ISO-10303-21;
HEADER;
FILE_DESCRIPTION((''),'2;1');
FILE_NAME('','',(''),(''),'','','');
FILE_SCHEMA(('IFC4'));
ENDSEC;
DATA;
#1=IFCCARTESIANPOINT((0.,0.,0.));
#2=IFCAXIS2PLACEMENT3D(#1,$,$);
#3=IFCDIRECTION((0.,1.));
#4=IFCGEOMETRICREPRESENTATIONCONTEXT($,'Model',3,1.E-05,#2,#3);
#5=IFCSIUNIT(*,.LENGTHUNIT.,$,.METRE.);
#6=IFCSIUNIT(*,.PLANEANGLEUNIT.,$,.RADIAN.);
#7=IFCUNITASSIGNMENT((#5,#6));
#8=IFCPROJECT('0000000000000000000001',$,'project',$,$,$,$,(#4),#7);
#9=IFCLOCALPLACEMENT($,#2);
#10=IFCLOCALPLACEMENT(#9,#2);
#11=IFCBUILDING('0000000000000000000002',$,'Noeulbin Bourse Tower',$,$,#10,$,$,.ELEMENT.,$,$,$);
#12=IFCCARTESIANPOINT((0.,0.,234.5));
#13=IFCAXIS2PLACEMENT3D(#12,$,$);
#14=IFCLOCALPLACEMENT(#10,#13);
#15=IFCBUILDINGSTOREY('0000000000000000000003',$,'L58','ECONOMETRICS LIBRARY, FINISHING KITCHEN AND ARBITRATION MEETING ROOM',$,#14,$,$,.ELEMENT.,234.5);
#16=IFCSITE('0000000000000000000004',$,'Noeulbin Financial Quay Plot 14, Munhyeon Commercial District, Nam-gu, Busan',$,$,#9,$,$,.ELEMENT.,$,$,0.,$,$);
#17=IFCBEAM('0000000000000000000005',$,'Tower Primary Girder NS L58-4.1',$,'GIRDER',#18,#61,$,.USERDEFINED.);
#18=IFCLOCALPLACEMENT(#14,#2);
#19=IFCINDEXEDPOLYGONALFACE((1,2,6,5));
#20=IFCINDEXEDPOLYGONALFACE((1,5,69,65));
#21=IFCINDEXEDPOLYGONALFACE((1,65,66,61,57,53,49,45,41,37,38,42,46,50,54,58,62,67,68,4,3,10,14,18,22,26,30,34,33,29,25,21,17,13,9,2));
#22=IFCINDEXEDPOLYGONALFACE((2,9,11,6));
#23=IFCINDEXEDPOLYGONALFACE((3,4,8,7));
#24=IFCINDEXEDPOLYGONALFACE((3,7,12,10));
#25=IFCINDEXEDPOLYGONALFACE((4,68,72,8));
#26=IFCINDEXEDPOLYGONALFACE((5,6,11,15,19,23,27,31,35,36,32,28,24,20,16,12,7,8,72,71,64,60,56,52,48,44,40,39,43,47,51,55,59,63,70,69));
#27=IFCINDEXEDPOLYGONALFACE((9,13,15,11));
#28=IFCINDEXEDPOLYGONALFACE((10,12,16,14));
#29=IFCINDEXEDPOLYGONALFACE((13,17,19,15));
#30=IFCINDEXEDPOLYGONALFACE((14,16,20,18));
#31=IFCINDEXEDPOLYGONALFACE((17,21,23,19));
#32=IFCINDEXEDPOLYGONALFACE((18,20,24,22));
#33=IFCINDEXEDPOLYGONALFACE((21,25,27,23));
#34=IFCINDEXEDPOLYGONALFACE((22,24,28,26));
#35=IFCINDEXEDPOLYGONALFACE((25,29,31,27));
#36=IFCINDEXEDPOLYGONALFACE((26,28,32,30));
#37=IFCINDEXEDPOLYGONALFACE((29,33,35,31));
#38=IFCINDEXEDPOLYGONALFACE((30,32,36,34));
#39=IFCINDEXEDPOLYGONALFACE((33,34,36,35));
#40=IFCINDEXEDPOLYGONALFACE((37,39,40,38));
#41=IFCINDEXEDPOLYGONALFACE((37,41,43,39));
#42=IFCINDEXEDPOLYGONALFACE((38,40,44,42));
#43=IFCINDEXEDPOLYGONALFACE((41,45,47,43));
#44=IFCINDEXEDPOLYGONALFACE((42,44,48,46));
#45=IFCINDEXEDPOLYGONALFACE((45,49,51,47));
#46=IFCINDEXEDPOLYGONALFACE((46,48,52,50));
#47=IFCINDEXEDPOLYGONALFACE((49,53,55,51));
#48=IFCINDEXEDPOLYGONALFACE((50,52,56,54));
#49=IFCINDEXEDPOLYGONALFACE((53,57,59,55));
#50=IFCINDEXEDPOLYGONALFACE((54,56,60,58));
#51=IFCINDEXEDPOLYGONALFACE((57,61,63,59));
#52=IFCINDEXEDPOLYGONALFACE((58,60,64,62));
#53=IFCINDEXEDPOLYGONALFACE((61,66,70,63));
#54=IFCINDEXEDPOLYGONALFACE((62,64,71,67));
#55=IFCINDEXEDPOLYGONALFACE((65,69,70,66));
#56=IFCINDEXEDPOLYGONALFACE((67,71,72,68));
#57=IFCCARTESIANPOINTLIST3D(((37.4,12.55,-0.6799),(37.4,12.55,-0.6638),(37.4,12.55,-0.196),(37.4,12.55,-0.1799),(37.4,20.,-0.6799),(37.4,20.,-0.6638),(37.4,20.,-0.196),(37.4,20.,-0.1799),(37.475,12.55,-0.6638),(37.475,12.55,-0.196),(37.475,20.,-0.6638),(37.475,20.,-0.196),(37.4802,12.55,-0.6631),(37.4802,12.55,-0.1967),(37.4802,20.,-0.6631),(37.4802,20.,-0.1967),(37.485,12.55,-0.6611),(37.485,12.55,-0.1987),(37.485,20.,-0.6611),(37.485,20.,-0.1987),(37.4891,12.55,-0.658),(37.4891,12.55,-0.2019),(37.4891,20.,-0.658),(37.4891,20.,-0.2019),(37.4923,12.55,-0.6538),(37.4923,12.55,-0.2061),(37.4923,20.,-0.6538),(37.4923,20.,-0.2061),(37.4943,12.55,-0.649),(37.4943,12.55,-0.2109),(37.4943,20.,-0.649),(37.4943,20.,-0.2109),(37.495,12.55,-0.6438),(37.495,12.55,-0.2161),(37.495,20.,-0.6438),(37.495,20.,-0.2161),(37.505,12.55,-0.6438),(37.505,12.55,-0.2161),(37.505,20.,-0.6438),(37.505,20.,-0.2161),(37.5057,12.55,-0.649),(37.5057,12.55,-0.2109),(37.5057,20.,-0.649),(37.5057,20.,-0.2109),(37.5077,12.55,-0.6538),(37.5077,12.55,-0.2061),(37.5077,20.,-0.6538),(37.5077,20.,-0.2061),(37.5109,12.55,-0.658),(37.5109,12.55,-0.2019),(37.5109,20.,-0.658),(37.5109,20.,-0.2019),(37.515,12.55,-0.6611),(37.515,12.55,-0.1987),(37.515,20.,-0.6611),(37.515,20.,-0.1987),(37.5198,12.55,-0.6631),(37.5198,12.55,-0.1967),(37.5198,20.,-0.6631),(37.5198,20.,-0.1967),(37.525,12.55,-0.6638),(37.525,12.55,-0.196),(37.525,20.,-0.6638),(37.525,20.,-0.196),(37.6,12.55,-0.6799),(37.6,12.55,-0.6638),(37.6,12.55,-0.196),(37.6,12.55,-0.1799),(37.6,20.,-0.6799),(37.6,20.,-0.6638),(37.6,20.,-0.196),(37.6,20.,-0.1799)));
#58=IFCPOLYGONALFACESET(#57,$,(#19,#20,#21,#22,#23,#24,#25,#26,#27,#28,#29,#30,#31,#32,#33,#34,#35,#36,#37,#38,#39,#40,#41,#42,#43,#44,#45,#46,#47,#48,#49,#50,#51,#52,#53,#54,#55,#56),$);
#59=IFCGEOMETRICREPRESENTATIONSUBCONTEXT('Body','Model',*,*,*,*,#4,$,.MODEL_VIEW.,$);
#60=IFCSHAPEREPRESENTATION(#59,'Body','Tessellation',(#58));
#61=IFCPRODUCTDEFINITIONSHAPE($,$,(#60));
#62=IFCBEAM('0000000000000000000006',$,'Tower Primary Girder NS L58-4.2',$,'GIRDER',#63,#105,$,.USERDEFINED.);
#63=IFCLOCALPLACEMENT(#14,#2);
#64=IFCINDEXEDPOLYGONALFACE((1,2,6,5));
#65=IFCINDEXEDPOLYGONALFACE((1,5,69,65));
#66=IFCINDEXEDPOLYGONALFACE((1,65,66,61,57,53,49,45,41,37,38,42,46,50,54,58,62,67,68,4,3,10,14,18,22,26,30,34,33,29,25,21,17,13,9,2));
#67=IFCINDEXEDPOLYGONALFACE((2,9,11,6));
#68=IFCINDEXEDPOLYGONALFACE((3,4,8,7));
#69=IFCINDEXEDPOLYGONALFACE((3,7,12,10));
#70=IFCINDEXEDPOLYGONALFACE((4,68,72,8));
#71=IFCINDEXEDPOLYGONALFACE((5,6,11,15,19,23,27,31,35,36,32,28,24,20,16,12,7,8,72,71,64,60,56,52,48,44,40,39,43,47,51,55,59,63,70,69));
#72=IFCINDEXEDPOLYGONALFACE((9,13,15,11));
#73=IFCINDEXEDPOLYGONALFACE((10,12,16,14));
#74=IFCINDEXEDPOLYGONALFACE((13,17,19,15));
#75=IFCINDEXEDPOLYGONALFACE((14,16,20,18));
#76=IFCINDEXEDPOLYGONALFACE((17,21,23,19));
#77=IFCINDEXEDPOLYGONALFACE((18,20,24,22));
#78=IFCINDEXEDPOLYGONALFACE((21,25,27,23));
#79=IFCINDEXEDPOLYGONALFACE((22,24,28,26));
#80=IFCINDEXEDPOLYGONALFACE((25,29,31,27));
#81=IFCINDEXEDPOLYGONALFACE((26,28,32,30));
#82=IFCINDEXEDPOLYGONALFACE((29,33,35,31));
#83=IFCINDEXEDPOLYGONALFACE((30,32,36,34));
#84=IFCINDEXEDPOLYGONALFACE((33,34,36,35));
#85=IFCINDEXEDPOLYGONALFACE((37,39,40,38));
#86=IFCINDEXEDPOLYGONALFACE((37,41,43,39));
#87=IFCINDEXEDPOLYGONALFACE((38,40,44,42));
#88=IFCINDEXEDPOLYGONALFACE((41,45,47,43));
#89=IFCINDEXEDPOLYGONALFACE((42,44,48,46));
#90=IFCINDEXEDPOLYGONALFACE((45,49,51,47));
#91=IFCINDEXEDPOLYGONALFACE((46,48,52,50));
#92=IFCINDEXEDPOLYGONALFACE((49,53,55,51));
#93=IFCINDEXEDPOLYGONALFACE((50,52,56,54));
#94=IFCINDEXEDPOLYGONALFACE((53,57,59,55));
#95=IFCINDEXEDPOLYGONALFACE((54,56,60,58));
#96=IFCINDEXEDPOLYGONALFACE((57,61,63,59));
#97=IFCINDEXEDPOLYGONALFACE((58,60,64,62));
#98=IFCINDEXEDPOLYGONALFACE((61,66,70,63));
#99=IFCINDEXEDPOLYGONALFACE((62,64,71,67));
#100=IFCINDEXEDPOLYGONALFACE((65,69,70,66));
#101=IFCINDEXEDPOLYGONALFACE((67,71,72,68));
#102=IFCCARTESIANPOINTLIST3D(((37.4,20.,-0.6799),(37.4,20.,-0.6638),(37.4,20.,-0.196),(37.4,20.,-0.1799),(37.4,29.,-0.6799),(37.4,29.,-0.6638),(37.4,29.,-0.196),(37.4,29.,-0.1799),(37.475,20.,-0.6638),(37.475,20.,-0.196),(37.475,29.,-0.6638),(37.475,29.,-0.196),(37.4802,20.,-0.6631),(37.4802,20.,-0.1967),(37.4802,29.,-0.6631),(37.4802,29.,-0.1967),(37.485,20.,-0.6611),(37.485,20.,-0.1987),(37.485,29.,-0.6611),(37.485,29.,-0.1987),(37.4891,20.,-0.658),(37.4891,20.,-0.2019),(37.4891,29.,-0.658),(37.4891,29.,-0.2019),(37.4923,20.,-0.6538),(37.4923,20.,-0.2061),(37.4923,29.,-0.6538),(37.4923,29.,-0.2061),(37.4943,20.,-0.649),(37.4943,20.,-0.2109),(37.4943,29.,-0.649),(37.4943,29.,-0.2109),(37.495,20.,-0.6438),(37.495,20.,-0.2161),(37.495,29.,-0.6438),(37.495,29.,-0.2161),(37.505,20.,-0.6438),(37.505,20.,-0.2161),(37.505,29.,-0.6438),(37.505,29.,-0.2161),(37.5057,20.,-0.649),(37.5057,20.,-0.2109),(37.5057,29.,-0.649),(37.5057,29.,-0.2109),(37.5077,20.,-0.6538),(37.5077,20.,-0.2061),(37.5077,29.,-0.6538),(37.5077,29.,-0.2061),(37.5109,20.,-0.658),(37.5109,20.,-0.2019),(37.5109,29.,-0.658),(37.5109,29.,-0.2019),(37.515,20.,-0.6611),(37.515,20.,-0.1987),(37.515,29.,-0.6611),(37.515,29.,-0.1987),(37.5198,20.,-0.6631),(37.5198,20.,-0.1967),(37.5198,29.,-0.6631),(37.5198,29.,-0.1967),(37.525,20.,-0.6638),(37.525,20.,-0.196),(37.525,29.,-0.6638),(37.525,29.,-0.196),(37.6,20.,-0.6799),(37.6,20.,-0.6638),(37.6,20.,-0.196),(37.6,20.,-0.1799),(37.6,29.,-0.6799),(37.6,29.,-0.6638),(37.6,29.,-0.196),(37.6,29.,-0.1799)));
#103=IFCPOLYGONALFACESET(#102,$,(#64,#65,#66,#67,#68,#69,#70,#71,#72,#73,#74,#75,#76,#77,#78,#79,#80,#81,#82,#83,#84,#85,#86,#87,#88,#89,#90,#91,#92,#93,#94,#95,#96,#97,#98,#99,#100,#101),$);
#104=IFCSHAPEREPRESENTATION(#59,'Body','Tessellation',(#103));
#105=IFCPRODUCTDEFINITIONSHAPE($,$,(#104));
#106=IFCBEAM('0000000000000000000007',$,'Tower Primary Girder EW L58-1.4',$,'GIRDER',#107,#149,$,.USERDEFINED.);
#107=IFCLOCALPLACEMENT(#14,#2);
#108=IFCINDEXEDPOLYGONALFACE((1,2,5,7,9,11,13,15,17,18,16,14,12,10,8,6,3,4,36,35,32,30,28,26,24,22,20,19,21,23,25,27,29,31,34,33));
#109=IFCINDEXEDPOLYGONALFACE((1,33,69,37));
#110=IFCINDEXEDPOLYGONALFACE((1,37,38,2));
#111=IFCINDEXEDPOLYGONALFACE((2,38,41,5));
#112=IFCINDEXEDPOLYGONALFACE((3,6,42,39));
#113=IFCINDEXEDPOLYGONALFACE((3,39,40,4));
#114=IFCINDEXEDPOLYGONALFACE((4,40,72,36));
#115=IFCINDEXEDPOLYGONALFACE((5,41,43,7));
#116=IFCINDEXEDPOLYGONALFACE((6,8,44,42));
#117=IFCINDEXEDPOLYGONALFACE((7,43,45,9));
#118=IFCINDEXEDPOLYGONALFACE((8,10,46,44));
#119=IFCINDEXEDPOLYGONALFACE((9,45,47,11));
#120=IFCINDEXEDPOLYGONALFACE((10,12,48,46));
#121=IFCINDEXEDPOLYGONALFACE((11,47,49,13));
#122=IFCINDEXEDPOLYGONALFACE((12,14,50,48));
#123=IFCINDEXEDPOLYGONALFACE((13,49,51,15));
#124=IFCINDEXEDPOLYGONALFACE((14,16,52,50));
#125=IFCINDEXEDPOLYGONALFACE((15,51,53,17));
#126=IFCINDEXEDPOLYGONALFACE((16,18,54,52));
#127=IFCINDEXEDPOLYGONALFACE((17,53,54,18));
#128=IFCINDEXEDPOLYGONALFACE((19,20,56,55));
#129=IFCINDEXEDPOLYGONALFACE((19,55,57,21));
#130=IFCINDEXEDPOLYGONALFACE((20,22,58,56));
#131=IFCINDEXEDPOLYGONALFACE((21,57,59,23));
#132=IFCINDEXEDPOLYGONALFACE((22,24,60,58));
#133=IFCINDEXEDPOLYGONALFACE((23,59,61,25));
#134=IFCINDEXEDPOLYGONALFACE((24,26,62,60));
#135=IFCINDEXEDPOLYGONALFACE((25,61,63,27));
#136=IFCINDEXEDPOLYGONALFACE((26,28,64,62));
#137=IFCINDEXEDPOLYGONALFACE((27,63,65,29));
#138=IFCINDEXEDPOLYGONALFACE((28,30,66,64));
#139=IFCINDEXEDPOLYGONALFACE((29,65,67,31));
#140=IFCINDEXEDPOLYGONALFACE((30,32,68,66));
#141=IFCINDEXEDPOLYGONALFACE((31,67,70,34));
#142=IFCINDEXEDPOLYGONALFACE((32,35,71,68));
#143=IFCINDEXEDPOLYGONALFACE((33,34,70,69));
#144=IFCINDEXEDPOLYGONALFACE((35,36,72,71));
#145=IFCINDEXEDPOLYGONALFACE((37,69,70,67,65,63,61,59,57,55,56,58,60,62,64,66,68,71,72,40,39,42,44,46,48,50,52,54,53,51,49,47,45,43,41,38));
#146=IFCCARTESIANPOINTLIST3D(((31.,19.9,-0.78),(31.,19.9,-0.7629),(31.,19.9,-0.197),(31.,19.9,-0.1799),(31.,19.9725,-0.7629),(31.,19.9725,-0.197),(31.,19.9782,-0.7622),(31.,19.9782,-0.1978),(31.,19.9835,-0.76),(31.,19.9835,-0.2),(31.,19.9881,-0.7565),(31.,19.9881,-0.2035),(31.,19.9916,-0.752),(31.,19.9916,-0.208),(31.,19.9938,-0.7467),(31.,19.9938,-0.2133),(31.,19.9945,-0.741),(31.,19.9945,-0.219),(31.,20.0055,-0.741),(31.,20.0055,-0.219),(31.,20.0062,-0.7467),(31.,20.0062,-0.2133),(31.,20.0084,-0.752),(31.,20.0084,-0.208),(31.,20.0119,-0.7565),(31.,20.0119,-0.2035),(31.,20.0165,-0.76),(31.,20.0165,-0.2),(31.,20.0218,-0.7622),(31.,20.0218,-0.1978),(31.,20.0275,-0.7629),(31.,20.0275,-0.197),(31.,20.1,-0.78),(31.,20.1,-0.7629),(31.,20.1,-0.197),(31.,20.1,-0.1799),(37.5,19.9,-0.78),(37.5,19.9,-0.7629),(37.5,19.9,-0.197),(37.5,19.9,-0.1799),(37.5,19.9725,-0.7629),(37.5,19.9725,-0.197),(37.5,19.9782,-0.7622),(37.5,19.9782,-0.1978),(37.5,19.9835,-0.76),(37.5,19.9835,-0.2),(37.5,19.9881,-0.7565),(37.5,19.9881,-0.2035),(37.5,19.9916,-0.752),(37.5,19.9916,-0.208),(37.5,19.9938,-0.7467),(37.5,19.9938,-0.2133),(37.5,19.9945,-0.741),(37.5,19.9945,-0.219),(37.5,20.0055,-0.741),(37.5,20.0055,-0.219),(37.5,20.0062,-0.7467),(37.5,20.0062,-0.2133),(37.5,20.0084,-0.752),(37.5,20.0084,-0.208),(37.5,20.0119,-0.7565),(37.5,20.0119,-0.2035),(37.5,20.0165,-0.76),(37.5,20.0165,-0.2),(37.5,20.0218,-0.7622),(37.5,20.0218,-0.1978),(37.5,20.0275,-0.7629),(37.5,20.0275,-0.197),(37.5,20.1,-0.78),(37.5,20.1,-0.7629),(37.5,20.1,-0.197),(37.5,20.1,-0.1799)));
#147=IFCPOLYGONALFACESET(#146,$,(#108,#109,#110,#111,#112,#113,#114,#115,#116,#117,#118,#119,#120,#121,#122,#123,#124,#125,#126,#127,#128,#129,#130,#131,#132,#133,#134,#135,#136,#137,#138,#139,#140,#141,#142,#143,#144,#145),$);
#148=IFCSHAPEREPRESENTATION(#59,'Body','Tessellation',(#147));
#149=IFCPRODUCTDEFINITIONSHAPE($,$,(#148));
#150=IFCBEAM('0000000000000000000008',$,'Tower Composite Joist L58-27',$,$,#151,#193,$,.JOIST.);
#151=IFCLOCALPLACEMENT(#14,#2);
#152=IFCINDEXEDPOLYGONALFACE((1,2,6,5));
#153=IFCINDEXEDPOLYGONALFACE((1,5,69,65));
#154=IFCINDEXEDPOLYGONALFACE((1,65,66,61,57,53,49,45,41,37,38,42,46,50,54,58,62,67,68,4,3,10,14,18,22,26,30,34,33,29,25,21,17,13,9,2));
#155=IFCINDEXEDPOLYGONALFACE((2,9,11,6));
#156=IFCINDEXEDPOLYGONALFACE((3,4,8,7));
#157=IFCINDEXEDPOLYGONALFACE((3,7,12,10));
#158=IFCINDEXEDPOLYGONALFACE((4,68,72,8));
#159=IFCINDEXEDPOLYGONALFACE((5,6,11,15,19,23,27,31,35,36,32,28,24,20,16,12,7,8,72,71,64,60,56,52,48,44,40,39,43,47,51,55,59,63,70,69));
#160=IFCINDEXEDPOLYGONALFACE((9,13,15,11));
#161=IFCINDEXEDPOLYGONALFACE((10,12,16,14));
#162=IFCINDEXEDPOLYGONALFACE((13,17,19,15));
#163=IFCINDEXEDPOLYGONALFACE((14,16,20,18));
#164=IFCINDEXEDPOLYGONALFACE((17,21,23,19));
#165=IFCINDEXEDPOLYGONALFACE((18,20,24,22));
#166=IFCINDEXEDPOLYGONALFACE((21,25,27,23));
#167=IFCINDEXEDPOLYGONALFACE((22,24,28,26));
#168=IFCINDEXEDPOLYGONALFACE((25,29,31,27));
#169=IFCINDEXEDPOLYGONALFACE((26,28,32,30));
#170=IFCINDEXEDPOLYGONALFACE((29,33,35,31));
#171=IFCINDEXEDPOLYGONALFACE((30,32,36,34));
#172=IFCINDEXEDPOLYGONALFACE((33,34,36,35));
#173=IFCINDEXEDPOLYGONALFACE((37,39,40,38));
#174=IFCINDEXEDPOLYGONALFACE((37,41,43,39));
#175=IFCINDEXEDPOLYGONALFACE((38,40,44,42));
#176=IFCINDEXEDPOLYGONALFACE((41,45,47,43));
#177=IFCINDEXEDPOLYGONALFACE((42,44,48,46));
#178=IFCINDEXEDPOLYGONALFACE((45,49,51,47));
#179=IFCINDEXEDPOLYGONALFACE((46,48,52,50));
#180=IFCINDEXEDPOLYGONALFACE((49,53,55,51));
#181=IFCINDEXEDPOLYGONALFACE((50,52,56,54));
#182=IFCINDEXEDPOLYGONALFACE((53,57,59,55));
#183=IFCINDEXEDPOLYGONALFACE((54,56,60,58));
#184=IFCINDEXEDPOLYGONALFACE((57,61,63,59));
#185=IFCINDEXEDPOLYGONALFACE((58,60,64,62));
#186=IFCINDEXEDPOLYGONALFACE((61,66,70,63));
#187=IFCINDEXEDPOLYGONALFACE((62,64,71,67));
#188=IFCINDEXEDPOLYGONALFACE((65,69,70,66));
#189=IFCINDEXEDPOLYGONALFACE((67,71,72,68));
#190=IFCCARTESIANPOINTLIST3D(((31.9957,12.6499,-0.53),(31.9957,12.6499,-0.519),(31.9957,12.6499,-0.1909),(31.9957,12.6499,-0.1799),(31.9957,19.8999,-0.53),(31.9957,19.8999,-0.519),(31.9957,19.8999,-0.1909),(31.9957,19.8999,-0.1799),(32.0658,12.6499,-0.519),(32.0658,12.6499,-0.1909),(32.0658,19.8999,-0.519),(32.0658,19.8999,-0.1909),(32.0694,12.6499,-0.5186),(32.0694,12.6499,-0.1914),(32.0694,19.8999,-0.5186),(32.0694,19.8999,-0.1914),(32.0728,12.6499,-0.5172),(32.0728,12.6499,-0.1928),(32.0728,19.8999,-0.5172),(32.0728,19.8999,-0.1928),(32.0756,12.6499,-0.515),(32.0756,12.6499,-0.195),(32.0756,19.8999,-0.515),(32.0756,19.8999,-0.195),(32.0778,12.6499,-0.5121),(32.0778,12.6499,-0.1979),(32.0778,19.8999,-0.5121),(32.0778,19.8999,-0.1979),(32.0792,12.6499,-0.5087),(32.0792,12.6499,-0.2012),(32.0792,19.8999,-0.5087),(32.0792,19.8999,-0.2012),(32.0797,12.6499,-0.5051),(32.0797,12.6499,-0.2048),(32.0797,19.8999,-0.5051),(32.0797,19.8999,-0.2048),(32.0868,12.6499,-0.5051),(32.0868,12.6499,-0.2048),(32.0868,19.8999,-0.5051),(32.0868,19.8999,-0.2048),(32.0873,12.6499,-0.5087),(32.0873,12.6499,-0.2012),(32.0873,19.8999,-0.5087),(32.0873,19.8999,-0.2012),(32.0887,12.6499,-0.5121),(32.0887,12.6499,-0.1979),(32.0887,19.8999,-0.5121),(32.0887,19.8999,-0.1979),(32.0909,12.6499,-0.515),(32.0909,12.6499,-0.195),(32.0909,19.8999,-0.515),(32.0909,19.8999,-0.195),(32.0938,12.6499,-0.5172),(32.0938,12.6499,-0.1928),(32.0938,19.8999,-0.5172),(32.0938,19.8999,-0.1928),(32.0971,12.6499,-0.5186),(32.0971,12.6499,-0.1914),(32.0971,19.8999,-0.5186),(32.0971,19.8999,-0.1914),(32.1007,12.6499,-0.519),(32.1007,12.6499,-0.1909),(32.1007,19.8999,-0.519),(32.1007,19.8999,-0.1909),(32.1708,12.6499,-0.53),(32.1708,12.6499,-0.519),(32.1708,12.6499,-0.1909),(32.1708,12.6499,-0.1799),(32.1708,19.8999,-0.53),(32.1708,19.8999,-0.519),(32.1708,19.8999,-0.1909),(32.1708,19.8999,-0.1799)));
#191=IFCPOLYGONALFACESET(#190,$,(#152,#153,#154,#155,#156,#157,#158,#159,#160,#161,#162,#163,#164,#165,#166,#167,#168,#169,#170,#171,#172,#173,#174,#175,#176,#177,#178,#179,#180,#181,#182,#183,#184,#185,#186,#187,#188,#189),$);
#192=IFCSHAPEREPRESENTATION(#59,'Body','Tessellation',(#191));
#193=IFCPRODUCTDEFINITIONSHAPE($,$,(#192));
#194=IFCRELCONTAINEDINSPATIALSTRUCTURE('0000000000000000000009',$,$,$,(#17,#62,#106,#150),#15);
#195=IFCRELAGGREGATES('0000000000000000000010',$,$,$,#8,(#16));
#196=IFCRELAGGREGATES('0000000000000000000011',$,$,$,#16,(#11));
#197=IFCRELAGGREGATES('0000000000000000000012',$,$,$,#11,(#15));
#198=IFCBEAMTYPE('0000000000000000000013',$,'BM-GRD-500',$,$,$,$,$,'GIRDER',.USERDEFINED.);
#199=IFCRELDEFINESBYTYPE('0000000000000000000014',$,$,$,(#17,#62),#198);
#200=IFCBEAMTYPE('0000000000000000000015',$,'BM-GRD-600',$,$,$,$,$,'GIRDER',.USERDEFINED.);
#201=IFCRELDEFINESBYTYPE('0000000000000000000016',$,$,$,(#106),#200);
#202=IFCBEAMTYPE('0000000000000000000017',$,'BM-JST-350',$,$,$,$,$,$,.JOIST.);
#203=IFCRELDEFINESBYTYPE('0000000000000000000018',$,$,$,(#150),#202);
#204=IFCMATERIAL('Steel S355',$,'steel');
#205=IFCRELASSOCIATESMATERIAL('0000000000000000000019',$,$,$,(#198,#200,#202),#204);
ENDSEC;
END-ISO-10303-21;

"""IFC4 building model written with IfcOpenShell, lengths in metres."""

from ifc_helpers import new_model, si_unit, direction, frame, origin, origin_2d, place, context, subcontext, project, spatial, i_section, extrude, material, material_profile, profile_set, type_object, element, save


model = new_model("IFC4")

# Units and contexts
model_context = context("Model", 3, precision=1e-05, world=origin(), true_north=direction((0.0, 1.0)))
body_context = subcontext(model_context, "Body", "Model", "MODEL_VIEW")
ifc_project = project(units=[si_unit("LENGTHUNIT", "METRE"), si_unit("PLANEANGLEUNIT", "RADIAN")], contexts=[model_context])

# Site, building, storey
site_placement = place(None, origin())
site = spatial("IfcSite", under=ifc_project, at=site_placement, Name="Noeulbin Financial Quay Plot 14, Munhyeon Commercial District, Nam-gu, Busan", CompositionType="ELEMENT", RefElevation=0.0)
building_placement = place(site_placement, origin())
building = spatial("IfcBuilding", under=site, at=building_placement, Name="Noeulbin Bourse Tower", CompositionType="ELEMENT")
storey_placement = place(building_placement, frame((0.0, 0.0, 234.5)))
storey = spatial("IfcBuildingStorey", under=building, at=storey_placement, Name="L58", Description="ECONOMETRICS LIBRARY, FINISHING KITCHEN AND ARBITRATION MEETING ROOM", CompositionType="ELEMENT", Elevation=234.5)

# Shared definitions
ifc_material_1 = material(Name="Steel S355", Category="steel")

# Beams
ifc_material_profile_1 = material_profile(ifc_material_1, i_section(OverallWidth=0.2, OverallDepth=0.5, WebThickness=0.01, FlangeThickness=0.0161, FilletRadius=0.02, at=origin_2d()), Name="H-500x200x10x16", Category="LoadBearing")
ifc_profile_set_1 = profile_set([ifc_material_profile_1], Name="Steel S355")
beam_type_1 = type_object("IfcBeamType", Name="BM-GRD-500", ElementType="GIRDER", PredefinedType="USERDEFINED", material=ifc_profile_set_1)
beam_1_placement = place(storey_placement, frame((37.5, 12.55, -0.4299), z_axis=(0.0, 1.0, 0.0), x_axis=(-1.0, 0.0, 0.0)))
element("IfcBeam", 1, at=beam_1_placement, inside=storey, type_object=beam_type_1, Name="Tower Primary Girder NS L58-4.1", ObjectType="GIRDER", PredefinedType="USERDEFINED", context=body_context, shape_type="SweptSolid", body=[
    extrude(i_section(OverallWidth=0.2, OverallDepth=0.5, WebThickness=0.01, FlangeThickness=0.0161, FilletRadius=0.02, at=origin_2d()), origin(), (0.0, 0.0, 1.0), 7.45),
])
beam_2_placement = place(storey_placement, frame((37.5, 20.0, -0.4299), z_axis=(0.0, 1.0, 0.0), x_axis=(-1.0, 0.0, 0.0)))
element("IfcBeam", 2, at=beam_2_placement, inside=storey, type_object=beam_type_1, Name="Tower Primary Girder NS L58-4.2", ObjectType="GIRDER", PredefinedType="USERDEFINED", context=body_context, shape_type="SweptSolid", body=[
    extrude(i_section(OverallWidth=0.2, OverallDepth=0.5, WebThickness=0.01, FlangeThickness=0.0161, FilletRadius=0.02, at=origin_2d()), origin(), (0.0, 0.0, 1.0), 9.0),
])
ifc_material_profile_2 = material_profile(ifc_material_1, i_section(OverallWidth=0.2, OverallDepth=0.6001, WebThickness=0.011, FlangeThickness=0.0171, FilletRadius=0.022, at=origin_2d()), Name="H-600x200x11x17", Category="LoadBearing")
ifc_profile_set_2 = profile_set([ifc_material_profile_2], Name="Steel S355")
beam_type_2 = type_object("IfcBeamType", Name="BM-GRD-600", ElementType="GIRDER", PredefinedType="USERDEFINED", material=ifc_profile_set_2)
beam_3_placement = place(storey_placement, frame((31.0, 20.0, -0.48), z_axis=(1.0, 0.0, 0.0), x_axis=(0.0, 1.0, 0.0)))
element("IfcBeam", 3, at=beam_3_placement, inside=storey, type_object=beam_type_2, Name="Tower Primary Girder EW L58-1.4", ObjectType="GIRDER", PredefinedType="USERDEFINED", context=body_context, shape_type="SweptSolid", body=[
    extrude(i_section(OverallWidth=0.2, OverallDepth=0.6001, WebThickness=0.011, FlangeThickness=0.0171, FilletRadius=0.022, at=origin_2d()), origin(), (0.0, 0.0, 1.0), 6.5),
])
ifc_material_profile_3 = material_profile(ifc_material_1, i_section(OverallWidth=0.175, OverallDepth=0.3501, WebThickness=0.0071, FlangeThickness=0.011, FilletRadius=0.0139, at=origin_2d()), Name="H-350x175x7x11", Category="LoadBearing")
ifc_profile_set_3 = profile_set([ifc_material_profile_3], Name="Steel S355")
beam_type_3 = type_object("IfcBeamType", Name="BM-JST-350", PredefinedType="JOIST", material=ifc_profile_set_3)
for number, where, z_axis, x_axis, name in (
    (4, (32.0833, 12.6499, -0.355), (0.0, 1.0, 0.0), (-1.0, 0.0, 0.0), "Tower Composite Joist L58-27"),
):
    element("IfcBeam", number, at=place(storey_placement, frame(where, z_axis=z_axis, x_axis=x_axis)), inside=storey, type_object=beam_type_3, Name=name, PredefinedType="JOIST", context=body_context, shape_type="SweptSolid", body=[
        extrude(i_section(OverallWidth=0.175, OverallDepth=0.3501, WebThickness=0.0071, FlangeThickness=0.011, FilletRadius=0.0139, at=origin_2d()), origin(), (0.0, 0.0, 1.0), 7.25),
    ])

save(model, "model.ifc")
